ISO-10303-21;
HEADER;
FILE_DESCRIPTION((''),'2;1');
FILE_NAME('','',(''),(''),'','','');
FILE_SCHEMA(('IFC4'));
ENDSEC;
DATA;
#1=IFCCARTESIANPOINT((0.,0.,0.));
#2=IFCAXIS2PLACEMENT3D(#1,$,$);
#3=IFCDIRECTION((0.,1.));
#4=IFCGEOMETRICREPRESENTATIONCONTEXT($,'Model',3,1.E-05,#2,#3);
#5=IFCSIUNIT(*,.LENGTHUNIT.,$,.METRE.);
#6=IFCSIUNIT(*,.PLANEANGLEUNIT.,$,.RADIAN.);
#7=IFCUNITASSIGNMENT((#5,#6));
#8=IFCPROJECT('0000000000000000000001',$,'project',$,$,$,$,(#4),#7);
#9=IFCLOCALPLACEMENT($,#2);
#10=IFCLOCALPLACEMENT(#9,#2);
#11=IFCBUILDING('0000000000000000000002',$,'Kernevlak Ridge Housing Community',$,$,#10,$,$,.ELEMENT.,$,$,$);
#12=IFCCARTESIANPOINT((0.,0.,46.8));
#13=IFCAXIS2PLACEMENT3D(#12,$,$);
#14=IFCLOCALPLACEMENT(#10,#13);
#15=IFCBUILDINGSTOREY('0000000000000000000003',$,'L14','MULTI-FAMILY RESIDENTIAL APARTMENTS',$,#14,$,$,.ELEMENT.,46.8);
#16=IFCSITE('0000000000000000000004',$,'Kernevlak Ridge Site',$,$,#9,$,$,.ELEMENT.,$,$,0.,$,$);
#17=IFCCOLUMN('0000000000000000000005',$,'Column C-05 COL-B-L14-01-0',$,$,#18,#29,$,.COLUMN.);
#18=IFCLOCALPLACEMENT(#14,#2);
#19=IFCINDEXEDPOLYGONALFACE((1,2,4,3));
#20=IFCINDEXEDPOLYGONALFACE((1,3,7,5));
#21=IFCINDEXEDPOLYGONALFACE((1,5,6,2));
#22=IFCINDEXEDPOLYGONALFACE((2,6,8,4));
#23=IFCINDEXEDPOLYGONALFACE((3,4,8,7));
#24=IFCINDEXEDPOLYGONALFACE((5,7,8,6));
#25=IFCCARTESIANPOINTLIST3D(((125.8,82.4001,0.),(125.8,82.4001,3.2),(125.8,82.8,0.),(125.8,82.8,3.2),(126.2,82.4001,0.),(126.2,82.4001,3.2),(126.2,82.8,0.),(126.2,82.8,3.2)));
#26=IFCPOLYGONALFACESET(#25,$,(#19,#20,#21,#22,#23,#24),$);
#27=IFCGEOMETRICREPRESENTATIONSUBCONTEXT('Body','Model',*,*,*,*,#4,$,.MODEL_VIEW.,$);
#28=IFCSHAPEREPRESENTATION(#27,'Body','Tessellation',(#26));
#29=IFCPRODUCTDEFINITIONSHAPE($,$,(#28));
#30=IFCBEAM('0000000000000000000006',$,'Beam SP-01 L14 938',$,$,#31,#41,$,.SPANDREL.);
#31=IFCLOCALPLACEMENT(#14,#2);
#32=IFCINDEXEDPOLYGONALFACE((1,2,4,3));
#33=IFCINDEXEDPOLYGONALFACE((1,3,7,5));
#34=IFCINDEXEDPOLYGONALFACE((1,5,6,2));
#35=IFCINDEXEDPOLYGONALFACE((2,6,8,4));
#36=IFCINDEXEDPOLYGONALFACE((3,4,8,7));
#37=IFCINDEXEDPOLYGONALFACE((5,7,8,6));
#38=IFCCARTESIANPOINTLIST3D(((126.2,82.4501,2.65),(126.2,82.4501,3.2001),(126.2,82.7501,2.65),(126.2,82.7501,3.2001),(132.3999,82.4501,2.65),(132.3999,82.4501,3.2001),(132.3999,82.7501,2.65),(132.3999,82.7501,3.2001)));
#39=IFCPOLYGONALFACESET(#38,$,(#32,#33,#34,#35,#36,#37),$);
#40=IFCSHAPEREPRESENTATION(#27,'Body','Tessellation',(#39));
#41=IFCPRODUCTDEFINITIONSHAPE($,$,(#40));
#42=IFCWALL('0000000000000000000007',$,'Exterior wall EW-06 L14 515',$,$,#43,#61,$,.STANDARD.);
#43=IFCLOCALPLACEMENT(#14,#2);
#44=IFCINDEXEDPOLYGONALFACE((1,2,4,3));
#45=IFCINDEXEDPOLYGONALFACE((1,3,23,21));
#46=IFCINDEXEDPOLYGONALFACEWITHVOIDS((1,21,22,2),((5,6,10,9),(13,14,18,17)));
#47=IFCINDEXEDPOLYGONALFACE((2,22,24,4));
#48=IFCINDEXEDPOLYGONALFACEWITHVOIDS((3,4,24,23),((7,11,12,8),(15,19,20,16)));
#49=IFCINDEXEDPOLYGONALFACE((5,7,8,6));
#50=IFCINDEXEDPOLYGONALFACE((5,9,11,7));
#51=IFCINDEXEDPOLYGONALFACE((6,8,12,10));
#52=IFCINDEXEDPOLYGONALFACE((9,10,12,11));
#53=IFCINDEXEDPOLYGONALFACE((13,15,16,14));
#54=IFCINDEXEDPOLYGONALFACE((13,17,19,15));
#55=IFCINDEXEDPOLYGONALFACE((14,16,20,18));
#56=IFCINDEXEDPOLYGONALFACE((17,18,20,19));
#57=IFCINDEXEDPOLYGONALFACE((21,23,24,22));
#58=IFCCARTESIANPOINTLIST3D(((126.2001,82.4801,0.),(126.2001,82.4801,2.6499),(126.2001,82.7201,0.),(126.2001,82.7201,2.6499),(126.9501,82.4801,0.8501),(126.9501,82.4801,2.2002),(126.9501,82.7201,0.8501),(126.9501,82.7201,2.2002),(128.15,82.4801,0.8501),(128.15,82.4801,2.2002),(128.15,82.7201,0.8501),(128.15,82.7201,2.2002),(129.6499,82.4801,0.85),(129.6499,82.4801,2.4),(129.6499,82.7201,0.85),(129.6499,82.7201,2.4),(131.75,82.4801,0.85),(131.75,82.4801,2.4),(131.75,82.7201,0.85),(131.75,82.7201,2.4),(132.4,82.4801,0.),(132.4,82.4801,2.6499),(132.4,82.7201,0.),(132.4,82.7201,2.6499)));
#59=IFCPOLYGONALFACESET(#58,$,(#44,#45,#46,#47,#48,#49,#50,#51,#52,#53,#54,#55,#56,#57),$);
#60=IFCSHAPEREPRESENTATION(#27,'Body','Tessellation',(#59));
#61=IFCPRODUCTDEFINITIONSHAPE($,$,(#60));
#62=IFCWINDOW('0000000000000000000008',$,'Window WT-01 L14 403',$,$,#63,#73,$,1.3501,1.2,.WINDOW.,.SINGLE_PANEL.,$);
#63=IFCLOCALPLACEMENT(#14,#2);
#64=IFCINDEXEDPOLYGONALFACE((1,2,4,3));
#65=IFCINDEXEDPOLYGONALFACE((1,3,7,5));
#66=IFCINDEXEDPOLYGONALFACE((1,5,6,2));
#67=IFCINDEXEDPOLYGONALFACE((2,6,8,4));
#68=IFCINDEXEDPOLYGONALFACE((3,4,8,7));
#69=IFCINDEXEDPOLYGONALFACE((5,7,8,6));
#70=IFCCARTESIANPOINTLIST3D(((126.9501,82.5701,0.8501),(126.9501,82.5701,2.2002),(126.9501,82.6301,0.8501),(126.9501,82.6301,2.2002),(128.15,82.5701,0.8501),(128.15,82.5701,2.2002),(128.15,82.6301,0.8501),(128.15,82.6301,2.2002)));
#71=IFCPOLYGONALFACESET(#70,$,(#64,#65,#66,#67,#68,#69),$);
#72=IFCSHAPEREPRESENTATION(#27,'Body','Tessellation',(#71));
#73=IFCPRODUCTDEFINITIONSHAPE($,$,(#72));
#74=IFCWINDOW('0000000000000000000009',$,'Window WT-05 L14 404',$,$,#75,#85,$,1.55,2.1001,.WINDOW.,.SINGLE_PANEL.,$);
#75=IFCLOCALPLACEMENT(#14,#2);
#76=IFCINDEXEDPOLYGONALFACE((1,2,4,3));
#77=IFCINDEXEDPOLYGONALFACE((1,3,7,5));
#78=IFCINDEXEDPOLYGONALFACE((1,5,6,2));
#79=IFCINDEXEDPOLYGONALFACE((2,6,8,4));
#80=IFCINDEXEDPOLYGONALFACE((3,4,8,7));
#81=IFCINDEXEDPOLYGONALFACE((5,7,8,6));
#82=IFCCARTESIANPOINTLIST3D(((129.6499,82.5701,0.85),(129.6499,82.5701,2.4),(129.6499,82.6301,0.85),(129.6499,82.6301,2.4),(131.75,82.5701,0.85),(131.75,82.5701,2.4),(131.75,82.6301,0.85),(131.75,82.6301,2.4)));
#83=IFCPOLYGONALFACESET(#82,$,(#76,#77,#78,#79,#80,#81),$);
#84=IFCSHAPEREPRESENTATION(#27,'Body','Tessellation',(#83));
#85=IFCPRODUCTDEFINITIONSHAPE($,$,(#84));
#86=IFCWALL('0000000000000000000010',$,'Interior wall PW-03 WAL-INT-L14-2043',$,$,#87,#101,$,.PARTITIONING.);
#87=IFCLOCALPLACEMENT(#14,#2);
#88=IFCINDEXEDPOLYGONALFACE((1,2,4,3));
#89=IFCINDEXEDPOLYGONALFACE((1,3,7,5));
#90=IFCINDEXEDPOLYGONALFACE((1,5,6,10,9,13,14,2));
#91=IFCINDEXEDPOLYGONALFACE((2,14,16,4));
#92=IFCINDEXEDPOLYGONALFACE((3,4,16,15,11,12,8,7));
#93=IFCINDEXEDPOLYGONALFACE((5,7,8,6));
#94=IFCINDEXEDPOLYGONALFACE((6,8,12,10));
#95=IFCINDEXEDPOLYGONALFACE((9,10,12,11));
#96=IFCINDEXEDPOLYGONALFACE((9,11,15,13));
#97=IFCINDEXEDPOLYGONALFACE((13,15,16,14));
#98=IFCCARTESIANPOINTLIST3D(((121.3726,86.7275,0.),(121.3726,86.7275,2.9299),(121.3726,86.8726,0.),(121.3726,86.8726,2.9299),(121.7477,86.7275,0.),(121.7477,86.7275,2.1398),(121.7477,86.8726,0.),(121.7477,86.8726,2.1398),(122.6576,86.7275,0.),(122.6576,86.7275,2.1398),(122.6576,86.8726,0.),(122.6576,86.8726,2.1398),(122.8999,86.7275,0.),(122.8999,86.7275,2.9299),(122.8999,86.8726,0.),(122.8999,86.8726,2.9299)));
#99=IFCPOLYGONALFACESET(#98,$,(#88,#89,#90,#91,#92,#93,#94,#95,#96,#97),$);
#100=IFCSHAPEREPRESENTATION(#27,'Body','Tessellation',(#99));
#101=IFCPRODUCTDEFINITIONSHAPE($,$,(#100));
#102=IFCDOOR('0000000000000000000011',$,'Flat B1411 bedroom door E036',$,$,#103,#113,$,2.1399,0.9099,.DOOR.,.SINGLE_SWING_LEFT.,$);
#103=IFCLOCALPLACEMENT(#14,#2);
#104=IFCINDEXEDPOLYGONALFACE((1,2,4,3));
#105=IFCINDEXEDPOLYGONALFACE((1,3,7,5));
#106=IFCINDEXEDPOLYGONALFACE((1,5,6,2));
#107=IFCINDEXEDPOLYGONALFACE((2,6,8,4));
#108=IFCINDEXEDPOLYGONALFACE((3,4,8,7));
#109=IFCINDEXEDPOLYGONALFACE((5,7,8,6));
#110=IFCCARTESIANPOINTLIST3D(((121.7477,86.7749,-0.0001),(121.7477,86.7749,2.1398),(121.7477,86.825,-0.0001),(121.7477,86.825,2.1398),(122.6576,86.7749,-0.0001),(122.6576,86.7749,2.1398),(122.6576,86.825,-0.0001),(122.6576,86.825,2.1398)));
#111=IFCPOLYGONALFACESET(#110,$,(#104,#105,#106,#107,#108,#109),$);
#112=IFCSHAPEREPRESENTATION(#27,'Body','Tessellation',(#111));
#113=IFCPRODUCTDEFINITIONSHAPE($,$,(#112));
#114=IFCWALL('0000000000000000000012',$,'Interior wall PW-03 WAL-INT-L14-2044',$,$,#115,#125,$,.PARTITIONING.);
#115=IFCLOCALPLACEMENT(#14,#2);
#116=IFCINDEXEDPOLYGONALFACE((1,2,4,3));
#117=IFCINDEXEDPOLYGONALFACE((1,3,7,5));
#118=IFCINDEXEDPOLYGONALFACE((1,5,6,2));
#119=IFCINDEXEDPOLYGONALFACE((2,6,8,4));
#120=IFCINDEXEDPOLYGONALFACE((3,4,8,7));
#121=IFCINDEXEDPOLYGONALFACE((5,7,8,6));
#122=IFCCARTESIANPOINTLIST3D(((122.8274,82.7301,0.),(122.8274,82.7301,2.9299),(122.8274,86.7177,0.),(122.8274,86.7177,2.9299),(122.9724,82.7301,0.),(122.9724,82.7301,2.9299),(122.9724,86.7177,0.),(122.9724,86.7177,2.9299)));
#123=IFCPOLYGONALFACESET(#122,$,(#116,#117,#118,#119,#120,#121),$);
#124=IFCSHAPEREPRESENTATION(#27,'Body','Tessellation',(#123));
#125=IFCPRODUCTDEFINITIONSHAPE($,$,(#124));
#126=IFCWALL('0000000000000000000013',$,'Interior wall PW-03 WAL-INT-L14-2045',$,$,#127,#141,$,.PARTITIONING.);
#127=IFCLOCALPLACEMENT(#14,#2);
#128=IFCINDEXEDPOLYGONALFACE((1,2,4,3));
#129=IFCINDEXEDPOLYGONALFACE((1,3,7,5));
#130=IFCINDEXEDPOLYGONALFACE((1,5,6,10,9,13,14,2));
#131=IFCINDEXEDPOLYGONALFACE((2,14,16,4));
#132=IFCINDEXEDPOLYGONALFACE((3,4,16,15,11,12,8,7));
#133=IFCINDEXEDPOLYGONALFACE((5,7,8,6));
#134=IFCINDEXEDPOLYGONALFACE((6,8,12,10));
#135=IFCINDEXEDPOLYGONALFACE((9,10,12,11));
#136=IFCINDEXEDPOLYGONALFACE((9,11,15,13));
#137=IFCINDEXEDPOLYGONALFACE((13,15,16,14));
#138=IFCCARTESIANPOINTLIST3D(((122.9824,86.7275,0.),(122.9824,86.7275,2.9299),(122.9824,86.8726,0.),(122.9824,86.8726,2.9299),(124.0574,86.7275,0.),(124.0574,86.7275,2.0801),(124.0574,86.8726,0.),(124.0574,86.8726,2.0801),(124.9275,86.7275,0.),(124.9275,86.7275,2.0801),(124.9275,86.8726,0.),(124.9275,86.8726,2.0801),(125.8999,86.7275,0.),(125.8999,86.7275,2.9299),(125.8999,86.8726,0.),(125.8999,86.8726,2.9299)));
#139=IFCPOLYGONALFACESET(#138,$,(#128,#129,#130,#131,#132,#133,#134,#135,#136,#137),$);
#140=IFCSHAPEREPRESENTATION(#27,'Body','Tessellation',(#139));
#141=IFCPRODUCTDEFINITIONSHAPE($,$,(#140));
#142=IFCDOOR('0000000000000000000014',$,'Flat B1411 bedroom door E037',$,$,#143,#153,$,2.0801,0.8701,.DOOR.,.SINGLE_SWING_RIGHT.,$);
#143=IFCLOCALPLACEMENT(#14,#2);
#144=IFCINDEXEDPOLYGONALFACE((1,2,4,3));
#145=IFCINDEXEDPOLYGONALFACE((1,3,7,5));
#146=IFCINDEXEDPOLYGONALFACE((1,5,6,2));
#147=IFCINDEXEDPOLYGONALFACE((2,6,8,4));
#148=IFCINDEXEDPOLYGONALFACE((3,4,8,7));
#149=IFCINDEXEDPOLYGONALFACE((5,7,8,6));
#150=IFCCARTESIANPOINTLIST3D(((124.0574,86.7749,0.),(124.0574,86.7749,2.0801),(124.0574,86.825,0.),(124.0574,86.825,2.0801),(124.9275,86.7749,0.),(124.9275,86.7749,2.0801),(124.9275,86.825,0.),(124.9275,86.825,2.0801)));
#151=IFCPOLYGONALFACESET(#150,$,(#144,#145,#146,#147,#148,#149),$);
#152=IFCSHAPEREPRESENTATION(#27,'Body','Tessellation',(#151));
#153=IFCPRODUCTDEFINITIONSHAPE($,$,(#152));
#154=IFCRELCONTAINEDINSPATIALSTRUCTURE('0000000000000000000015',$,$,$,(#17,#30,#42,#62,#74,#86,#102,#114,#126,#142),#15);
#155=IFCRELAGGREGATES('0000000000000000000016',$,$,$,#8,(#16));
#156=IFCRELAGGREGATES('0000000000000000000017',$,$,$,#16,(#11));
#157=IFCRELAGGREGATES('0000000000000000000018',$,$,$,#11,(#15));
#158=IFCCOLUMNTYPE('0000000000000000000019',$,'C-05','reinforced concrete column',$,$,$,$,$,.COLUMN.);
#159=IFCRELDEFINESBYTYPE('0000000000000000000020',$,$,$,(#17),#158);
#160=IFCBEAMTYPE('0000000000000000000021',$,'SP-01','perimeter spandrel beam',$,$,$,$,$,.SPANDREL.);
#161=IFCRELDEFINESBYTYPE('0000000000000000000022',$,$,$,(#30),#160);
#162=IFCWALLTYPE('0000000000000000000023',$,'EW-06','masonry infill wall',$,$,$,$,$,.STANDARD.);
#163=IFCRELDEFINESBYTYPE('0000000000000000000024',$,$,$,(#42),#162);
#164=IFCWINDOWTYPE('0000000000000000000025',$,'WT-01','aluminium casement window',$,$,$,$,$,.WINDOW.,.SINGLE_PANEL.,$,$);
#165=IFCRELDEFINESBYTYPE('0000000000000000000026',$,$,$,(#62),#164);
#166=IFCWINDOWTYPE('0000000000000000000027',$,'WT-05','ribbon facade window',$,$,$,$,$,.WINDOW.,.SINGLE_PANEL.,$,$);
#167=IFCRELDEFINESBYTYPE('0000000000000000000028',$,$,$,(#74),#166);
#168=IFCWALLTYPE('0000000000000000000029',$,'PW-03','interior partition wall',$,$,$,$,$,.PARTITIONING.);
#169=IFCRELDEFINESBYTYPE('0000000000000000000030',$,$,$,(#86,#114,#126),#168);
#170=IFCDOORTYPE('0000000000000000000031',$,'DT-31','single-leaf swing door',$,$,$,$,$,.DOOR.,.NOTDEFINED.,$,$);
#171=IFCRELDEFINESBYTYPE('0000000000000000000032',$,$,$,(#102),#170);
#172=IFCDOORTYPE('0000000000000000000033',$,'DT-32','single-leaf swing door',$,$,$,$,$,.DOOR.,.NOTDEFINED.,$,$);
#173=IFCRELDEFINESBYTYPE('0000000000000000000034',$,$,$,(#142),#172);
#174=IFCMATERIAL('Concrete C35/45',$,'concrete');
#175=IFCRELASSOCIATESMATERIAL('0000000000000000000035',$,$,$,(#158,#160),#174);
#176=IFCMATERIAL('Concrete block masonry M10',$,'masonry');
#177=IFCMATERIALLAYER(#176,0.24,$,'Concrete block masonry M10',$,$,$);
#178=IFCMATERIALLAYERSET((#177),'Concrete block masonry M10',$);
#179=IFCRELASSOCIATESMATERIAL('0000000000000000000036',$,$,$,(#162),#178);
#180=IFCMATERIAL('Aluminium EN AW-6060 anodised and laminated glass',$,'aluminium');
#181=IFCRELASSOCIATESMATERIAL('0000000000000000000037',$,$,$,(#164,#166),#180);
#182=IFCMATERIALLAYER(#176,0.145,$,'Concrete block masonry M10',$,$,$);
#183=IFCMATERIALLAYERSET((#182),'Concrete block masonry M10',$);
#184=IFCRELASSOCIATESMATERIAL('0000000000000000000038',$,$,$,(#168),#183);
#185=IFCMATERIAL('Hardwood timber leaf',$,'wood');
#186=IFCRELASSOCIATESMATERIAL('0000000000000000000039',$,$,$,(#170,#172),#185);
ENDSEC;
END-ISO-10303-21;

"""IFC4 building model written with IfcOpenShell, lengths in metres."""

from ifc_helpers import new_model, si_unit, direction, frame, frame_2d, origin, origin_2d, place, context, subcontext, project, spatial, rectangle, extrude, material, layer, layer_set, material_profile, profile_set, type_object, element, fill, save


model = new_model("IFC4")

# Units and contexts
model_context = context("Model", 3, precision=1e-05, world=origin(), true_north=direction((0.0, 1.0)))
body_context = subcontext(model_context, "Body", "Model", "MODEL_VIEW")
ifc_project = project(units=[si_unit("LENGTHUNIT", "METRE"), si_unit("PLANEANGLEUNIT", "RADIAN")], contexts=[model_context])

# Site, building, storey
site_placement = place(None, origin())
site = spatial("IfcSite", under=ifc_project, at=site_placement, Name="Kernevlak Ridge Site", CompositionType="ELEMENT", RefElevation=0.0)
building_placement = place(site_placement, origin())
building = spatial("IfcBuilding", under=site, at=building_placement, Name="Kernevlak Ridge Housing Community", CompositionType="ELEMENT")
storey_placement = place(building_placement, frame((0.0, 0.0, 46.8)))
storey = spatial("IfcBuildingStorey", under=building, at=storey_placement, Name="L14", Description="MULTI-FAMILY RESIDENTIAL APARTMENTS", CompositionType="ELEMENT", Elevation=46.8)

# Column
ifc_material_1 = material(Name="Concrete C35/45", Category="concrete")
ifc_material_profile_1 = material_profile(ifc_material_1, rectangle(XDim=0.3999, YDim=0.3999, at=origin_2d()), Name="RC 400x400")
ifc_profile_set_1 = profile_set([ifc_material_profile_1], Name="Concrete C35/45")
column_type = type_object("IfcColumnType", Name="C-05", Description="reinforced concrete column", PredefinedType="COLUMN", material=ifc_profile_set_1)
column_placement = place(storey_placement, frame((126.0, 82.6001, 0.0), z_axis=(0.0, 0.0, 1.0), x_axis=(1.0, 0.0, 0.0)))
element("IfcColumn", 1, at=column_placement, inside=storey, type_object=column_type, Name="Column C-05 COL-B-L14-01-0", PredefinedType="COLUMN", context=body_context, shape_type="SweptSolid", body=[
    extrude(rectangle(XDim=0.3999, YDim=0.3999, at=origin_2d()), origin(), (0.0, 0.0, 1.0), 3.2),
])

# Beam
ifc_material_profile_2 = material_profile(ifc_material_1, rectangle(XDim=0.3, YDim=0.55, at=origin_2d()), Name="RC 300x550")
ifc_profile_set_2 = profile_set([ifc_material_profile_2], Name="Concrete C35/45")
beam_type = type_object("IfcBeamType", Name="SP-01", Description="perimeter spandrel beam", PredefinedType="SPANDREL", material=ifc_profile_set_2)
beam_placement = place(storey_placement, frame((126.2, 82.6001, 2.925), z_axis=(1.0, 0.0, 0.0), x_axis=(0.0, 1.0, 0.0)))
element("IfcBeam", 2, at=beam_placement, inside=storey, type_object=beam_type, Name="Beam SP-01 L14 938", PredefinedType="SPANDREL", context=body_context, shape_type="SweptSolid", body=[
    extrude(rectangle(XDim=0.3, YDim=0.55, at=origin_2d()), origin(), (0.0, 0.0, 1.0), 6.2),
])

# Wall, openings, windows
ifc_material_2 = material(Name="Concrete block masonry M10", Category="masonry")
ifc_layer_1 = layer(ifc_material_2, 0.24, Name="Concrete block masonry M10")
ifc_layer_set_1 = layer_set([ifc_layer_1], Name="Concrete block masonry M10")
wall_type_1 = type_object("IfcWallType", Name="EW-06", Description="masonry infill wall", PredefinedType="STANDARD", material=ifc_layer_set_1)
wall_1_placement = place(storey_placement, frame((126.2, 82.6001, 0.0), z_axis=(0.0, 0.0, 1.0), x_axis=(1.0, 0.0, 0.0)))
wall_1 = element("IfcWall", 3, at=wall_1_placement, inside=storey, type_object=wall_type_1, Name="Exterior wall EW-06 L14 515", PredefinedType="STANDARD", context=body_context, shape_type="SweptSolid", body=[
    extrude(rectangle(XDim=6.2, YDim=0.24, at=frame_2d((3.1001, 0.0))), origin(), (0.0, 0.0, 1.0), 2.6499),
])
opening_1_placement = place(wall_1_placement, frame((0.75, 0.0, 0.8501)))
opening_1 = element("IfcOpeningElement", 4, at=opening_1_placement, cuts=wall_1, PredefinedType="OPENING", context=body_context, shape_type="SweptSolid", body=[
    extrude(rectangle(XDim=1.2, YDim=1.3501, at=frame_2d((0.6001, 0.675))), frame((0.0, 0.1299, 0.0), z_axis=(0.0, -1.0, 0.0), x_axis=(1.0, 0.0, 0.0)), (0.0, 0.0, 1.0), 0.26),
])
opening_2_placement = place(wall_1_placement, frame((3.45, 0.0, 0.8501)))
opening_2 = element("IfcOpeningElement", 5, at=opening_2_placement, cuts=wall_1, PredefinedType="OPENING", context=body_context, shape_type="SweptSolid", body=[
    extrude(rectangle(XDim=2.1001, YDim=1.55, at=frame_2d((1.05, 0.7749))), frame((0.0, 0.1299, 0.0), z_axis=(0.0, -1.0, 0.0), x_axis=(1.0, 0.0, 0.0)), (0.0, 0.0, 1.0), 0.26),
])
ifc_material_3 = material(Name="Aluminium EN AW-6060 anodised and laminated glass", Category="aluminium")
window_type_1 = type_object("IfcWindowType", Name="WT-01", Description="aluminium casement window", PartitioningType="SINGLE_PANEL", PredefinedType="WINDOW", material=ifc_material_3)
window_1_placement = place(opening_1_placement, origin())
window_1 = element("IfcWindow", 6, at=window_1_placement, inside=storey, type_object=window_type_1, Name="Window WT-01 L14 403", OverallHeight=1.3501, OverallWidth=1.2, PartitioningType="SINGLE_PANEL", PredefinedType="WINDOW", context=body_context, shape_type="SweptSolid", body=[
    extrude(rectangle(XDim=1.2, YDim=1.3501, at=frame_2d((0.6001, 0.675))), frame((0.0, 0.03, 0.0), z_axis=(0.0, -1.0, 0.0), x_axis=(1.0, 0.0, 0.0)), (0.0, 0.0, 1.0), 0.0601),
])
fill(opening_1, window_1)
window_type_2 = type_object("IfcWindowType", Name="WT-05", Description="ribbon facade window", PartitioningType="SINGLE_PANEL", PredefinedType="WINDOW", material=ifc_material_3)
window_2_placement = place(opening_2_placement, origin())
window_2 = element("IfcWindow", 7, at=window_2_placement, inside=storey, type_object=window_type_2, Name="Window WT-05 L14 404", OverallHeight=1.55, OverallWidth=2.1001, PartitioningType="SINGLE_PANEL", PredefinedType="WINDOW", context=body_context, shape_type="SweptSolid", body=[
    extrude(rectangle(XDim=2.1001, YDim=1.55, at=frame_2d((1.05, 0.7749))), frame((0.0, 0.03, 0.0), z_axis=(0.0, -1.0, 0.0), x_axis=(1.0, 0.0, 0.0)), (0.0, 0.0, 1.0), 0.0601),
])
fill(opening_2, window_2)

# Wall, opening, door
ifc_layer_2 = layer(ifc_material_2, 0.145, Name="Concrete block masonry M10")
ifc_layer_set_2 = layer_set([ifc_layer_2], Name="Concrete block masonry M10")
wall_type_2 = type_object("IfcWallType", Name="PW-03", Description="interior partition wall", PredefinedType="PARTITIONING", material=ifc_layer_set_2)
wall_2_placement = place(storey_placement, frame((121.3726, 86.8, 0.0), z_axis=(0.0, 0.0, 1.0), x_axis=(1.0, 0.0, 0.0)))
wall_2 = element("IfcWall", 8, at=wall_2_placement, inside=storey, type_object=wall_type_2, Name="Interior wall PW-03 WAL-INT-L14-2043", PredefinedType="PARTITIONING", context=body_context, shape_type="SweptSolid", body=[
    extrude(rectangle(XDim=1.5273, YDim=0.145, at=frame_2d((0.7637, 0.0))), origin(), (0.0, 0.0, 1.0), 2.9299),
])
opening_3_placement = place(wall_2_placement, frame((0.375, 0.0, 0.0)))
opening_3 = element("IfcOpeningElement", 9, at=opening_3_placement, cuts=wall_2, PredefinedType="OPENING", context=body_context, shape_type="SweptSolid", body=[
    extrude(rectangle(XDim=0.9099, YDim=2.1399, at=frame_2d((0.4551, 1.0698))), frame((0.0, 0.0825, 0.0), z_axis=(0.0, -1.0, 0.0), x_axis=(1.0, 0.0, 0.0)), (0.0, 0.0, 1.0), 0.165),
])
ifc_material_4 = material(Name="Hardwood timber leaf", Category="wood")
door_type_1 = type_object("IfcDoorType", Name="DT-31", Description="single-leaf swing door", OperationType="NOTDEFINED", PredefinedType="DOOR", material=ifc_material_4)
door_1_placement = place(opening_3_placement, origin())
door_1 = element("IfcDoor", 10, at=door_1_placement, inside=storey, type_object=door_type_1, Name="Flat B1411 bedroom door E036", OperationType="SINGLE_SWING_LEFT", OverallHeight=2.1399, OverallWidth=0.9099, PredefinedType="DOOR", context=body_context, shape_type="SweptSolid", body=[
    extrude(rectangle(XDim=0.9099, YDim=2.1399, at=frame_2d((0.4551, 1.0698))), frame((0.0, 0.0249, 0.0), z_axis=(0.0, -1.0, 0.0), x_axis=(1.0, 0.0, 0.0)), (0.0, 0.0, 1.0), 0.05),
])
fill(opening_3, door_1)

# Wall
wall_3_placement = place(storey_placement, frame((122.8999, 86.7175, 0.0), z_axis=(0.0, 0.0, 1.0), x_axis=(0.0, -1.0, 0.0)))
element("IfcWall", 11, at=wall_3_placement, inside=storey, type_object=wall_type_2, Name="Interior wall PW-03 WAL-INT-L14-2044", PredefinedType="PARTITIONING", context=body_context, shape_type="SweptSolid", body=[
    extrude(rectangle(XDim=3.9875, YDim=0.145, at=frame_2d((1.9937, 0.0))), origin(), (0.0, 0.0, 1.0), 2.9299),
])

# Wall, opening, door
wall_4_placement = place(storey_placement, frame((122.9824, 86.8, 0.0), z_axis=(0.0, 0.0, 1.0), x_axis=(1.0, 0.0, 0.0)))
wall_4 = element("IfcWall", 12, at=wall_4_placement, inside=storey, type_object=wall_type_2, Name="Interior wall PW-03 WAL-INT-L14-2045", PredefinedType="PARTITIONING", context=body_context, shape_type="SweptSolid", body=[
    extrude(rectangle(XDim=2.9175, YDim=0.145, at=frame_2d((1.4587, 0.0))), origin(), (0.0, 0.0, 1.0), 2.9299),
])
opening_4_placement = place(wall_4_placement, frame((1.075, 0.0, 0.0)))
opening_4 = element("IfcOpeningElement", 13, at=opening_4_placement, cuts=wall_4, PredefinedType="OPENING", context=body_context, shape_type="SweptSolid", body=[
    extrude(rectangle(XDim=0.8701, YDim=2.0801, at=frame_2d((0.4351, 1.04))), frame((0.0, 0.0825, 0.0), z_axis=(0.0, -1.0, 0.0), x_axis=(1.0, 0.0, 0.0)), (0.0, 0.0, 1.0), 0.165),
])
door_type_2 = type_object("IfcDoorType", Name="DT-32", Description="single-leaf swing door", OperationType="NOTDEFINED", PredefinedType="DOOR", material=ifc_material_4)
door_2_placement = place(opening_4_placement, origin())
door_2 = element("IfcDoor", 14, at=door_2_placement, inside=storey, type_object=door_type_2, Name="Flat B1411 bedroom door E037", OperationType="SINGLE_SWING_RIGHT", OverallHeight=2.0801, OverallWidth=0.8701, PredefinedType="DOOR", context=body_context, shape_type="SweptSolid", body=[
    extrude(rectangle(XDim=0.8701, YDim=2.0801, at=frame_2d((0.4351, 1.04))), frame((0.0, 0.0249, 0.0), z_axis=(0.0, -1.0, 0.0), x_axis=(1.0, 0.0, 0.0)), (0.0, 0.0, 1.0), 0.05),
])
fill(opening_4, door_2)

save(model, "model.ifc")
